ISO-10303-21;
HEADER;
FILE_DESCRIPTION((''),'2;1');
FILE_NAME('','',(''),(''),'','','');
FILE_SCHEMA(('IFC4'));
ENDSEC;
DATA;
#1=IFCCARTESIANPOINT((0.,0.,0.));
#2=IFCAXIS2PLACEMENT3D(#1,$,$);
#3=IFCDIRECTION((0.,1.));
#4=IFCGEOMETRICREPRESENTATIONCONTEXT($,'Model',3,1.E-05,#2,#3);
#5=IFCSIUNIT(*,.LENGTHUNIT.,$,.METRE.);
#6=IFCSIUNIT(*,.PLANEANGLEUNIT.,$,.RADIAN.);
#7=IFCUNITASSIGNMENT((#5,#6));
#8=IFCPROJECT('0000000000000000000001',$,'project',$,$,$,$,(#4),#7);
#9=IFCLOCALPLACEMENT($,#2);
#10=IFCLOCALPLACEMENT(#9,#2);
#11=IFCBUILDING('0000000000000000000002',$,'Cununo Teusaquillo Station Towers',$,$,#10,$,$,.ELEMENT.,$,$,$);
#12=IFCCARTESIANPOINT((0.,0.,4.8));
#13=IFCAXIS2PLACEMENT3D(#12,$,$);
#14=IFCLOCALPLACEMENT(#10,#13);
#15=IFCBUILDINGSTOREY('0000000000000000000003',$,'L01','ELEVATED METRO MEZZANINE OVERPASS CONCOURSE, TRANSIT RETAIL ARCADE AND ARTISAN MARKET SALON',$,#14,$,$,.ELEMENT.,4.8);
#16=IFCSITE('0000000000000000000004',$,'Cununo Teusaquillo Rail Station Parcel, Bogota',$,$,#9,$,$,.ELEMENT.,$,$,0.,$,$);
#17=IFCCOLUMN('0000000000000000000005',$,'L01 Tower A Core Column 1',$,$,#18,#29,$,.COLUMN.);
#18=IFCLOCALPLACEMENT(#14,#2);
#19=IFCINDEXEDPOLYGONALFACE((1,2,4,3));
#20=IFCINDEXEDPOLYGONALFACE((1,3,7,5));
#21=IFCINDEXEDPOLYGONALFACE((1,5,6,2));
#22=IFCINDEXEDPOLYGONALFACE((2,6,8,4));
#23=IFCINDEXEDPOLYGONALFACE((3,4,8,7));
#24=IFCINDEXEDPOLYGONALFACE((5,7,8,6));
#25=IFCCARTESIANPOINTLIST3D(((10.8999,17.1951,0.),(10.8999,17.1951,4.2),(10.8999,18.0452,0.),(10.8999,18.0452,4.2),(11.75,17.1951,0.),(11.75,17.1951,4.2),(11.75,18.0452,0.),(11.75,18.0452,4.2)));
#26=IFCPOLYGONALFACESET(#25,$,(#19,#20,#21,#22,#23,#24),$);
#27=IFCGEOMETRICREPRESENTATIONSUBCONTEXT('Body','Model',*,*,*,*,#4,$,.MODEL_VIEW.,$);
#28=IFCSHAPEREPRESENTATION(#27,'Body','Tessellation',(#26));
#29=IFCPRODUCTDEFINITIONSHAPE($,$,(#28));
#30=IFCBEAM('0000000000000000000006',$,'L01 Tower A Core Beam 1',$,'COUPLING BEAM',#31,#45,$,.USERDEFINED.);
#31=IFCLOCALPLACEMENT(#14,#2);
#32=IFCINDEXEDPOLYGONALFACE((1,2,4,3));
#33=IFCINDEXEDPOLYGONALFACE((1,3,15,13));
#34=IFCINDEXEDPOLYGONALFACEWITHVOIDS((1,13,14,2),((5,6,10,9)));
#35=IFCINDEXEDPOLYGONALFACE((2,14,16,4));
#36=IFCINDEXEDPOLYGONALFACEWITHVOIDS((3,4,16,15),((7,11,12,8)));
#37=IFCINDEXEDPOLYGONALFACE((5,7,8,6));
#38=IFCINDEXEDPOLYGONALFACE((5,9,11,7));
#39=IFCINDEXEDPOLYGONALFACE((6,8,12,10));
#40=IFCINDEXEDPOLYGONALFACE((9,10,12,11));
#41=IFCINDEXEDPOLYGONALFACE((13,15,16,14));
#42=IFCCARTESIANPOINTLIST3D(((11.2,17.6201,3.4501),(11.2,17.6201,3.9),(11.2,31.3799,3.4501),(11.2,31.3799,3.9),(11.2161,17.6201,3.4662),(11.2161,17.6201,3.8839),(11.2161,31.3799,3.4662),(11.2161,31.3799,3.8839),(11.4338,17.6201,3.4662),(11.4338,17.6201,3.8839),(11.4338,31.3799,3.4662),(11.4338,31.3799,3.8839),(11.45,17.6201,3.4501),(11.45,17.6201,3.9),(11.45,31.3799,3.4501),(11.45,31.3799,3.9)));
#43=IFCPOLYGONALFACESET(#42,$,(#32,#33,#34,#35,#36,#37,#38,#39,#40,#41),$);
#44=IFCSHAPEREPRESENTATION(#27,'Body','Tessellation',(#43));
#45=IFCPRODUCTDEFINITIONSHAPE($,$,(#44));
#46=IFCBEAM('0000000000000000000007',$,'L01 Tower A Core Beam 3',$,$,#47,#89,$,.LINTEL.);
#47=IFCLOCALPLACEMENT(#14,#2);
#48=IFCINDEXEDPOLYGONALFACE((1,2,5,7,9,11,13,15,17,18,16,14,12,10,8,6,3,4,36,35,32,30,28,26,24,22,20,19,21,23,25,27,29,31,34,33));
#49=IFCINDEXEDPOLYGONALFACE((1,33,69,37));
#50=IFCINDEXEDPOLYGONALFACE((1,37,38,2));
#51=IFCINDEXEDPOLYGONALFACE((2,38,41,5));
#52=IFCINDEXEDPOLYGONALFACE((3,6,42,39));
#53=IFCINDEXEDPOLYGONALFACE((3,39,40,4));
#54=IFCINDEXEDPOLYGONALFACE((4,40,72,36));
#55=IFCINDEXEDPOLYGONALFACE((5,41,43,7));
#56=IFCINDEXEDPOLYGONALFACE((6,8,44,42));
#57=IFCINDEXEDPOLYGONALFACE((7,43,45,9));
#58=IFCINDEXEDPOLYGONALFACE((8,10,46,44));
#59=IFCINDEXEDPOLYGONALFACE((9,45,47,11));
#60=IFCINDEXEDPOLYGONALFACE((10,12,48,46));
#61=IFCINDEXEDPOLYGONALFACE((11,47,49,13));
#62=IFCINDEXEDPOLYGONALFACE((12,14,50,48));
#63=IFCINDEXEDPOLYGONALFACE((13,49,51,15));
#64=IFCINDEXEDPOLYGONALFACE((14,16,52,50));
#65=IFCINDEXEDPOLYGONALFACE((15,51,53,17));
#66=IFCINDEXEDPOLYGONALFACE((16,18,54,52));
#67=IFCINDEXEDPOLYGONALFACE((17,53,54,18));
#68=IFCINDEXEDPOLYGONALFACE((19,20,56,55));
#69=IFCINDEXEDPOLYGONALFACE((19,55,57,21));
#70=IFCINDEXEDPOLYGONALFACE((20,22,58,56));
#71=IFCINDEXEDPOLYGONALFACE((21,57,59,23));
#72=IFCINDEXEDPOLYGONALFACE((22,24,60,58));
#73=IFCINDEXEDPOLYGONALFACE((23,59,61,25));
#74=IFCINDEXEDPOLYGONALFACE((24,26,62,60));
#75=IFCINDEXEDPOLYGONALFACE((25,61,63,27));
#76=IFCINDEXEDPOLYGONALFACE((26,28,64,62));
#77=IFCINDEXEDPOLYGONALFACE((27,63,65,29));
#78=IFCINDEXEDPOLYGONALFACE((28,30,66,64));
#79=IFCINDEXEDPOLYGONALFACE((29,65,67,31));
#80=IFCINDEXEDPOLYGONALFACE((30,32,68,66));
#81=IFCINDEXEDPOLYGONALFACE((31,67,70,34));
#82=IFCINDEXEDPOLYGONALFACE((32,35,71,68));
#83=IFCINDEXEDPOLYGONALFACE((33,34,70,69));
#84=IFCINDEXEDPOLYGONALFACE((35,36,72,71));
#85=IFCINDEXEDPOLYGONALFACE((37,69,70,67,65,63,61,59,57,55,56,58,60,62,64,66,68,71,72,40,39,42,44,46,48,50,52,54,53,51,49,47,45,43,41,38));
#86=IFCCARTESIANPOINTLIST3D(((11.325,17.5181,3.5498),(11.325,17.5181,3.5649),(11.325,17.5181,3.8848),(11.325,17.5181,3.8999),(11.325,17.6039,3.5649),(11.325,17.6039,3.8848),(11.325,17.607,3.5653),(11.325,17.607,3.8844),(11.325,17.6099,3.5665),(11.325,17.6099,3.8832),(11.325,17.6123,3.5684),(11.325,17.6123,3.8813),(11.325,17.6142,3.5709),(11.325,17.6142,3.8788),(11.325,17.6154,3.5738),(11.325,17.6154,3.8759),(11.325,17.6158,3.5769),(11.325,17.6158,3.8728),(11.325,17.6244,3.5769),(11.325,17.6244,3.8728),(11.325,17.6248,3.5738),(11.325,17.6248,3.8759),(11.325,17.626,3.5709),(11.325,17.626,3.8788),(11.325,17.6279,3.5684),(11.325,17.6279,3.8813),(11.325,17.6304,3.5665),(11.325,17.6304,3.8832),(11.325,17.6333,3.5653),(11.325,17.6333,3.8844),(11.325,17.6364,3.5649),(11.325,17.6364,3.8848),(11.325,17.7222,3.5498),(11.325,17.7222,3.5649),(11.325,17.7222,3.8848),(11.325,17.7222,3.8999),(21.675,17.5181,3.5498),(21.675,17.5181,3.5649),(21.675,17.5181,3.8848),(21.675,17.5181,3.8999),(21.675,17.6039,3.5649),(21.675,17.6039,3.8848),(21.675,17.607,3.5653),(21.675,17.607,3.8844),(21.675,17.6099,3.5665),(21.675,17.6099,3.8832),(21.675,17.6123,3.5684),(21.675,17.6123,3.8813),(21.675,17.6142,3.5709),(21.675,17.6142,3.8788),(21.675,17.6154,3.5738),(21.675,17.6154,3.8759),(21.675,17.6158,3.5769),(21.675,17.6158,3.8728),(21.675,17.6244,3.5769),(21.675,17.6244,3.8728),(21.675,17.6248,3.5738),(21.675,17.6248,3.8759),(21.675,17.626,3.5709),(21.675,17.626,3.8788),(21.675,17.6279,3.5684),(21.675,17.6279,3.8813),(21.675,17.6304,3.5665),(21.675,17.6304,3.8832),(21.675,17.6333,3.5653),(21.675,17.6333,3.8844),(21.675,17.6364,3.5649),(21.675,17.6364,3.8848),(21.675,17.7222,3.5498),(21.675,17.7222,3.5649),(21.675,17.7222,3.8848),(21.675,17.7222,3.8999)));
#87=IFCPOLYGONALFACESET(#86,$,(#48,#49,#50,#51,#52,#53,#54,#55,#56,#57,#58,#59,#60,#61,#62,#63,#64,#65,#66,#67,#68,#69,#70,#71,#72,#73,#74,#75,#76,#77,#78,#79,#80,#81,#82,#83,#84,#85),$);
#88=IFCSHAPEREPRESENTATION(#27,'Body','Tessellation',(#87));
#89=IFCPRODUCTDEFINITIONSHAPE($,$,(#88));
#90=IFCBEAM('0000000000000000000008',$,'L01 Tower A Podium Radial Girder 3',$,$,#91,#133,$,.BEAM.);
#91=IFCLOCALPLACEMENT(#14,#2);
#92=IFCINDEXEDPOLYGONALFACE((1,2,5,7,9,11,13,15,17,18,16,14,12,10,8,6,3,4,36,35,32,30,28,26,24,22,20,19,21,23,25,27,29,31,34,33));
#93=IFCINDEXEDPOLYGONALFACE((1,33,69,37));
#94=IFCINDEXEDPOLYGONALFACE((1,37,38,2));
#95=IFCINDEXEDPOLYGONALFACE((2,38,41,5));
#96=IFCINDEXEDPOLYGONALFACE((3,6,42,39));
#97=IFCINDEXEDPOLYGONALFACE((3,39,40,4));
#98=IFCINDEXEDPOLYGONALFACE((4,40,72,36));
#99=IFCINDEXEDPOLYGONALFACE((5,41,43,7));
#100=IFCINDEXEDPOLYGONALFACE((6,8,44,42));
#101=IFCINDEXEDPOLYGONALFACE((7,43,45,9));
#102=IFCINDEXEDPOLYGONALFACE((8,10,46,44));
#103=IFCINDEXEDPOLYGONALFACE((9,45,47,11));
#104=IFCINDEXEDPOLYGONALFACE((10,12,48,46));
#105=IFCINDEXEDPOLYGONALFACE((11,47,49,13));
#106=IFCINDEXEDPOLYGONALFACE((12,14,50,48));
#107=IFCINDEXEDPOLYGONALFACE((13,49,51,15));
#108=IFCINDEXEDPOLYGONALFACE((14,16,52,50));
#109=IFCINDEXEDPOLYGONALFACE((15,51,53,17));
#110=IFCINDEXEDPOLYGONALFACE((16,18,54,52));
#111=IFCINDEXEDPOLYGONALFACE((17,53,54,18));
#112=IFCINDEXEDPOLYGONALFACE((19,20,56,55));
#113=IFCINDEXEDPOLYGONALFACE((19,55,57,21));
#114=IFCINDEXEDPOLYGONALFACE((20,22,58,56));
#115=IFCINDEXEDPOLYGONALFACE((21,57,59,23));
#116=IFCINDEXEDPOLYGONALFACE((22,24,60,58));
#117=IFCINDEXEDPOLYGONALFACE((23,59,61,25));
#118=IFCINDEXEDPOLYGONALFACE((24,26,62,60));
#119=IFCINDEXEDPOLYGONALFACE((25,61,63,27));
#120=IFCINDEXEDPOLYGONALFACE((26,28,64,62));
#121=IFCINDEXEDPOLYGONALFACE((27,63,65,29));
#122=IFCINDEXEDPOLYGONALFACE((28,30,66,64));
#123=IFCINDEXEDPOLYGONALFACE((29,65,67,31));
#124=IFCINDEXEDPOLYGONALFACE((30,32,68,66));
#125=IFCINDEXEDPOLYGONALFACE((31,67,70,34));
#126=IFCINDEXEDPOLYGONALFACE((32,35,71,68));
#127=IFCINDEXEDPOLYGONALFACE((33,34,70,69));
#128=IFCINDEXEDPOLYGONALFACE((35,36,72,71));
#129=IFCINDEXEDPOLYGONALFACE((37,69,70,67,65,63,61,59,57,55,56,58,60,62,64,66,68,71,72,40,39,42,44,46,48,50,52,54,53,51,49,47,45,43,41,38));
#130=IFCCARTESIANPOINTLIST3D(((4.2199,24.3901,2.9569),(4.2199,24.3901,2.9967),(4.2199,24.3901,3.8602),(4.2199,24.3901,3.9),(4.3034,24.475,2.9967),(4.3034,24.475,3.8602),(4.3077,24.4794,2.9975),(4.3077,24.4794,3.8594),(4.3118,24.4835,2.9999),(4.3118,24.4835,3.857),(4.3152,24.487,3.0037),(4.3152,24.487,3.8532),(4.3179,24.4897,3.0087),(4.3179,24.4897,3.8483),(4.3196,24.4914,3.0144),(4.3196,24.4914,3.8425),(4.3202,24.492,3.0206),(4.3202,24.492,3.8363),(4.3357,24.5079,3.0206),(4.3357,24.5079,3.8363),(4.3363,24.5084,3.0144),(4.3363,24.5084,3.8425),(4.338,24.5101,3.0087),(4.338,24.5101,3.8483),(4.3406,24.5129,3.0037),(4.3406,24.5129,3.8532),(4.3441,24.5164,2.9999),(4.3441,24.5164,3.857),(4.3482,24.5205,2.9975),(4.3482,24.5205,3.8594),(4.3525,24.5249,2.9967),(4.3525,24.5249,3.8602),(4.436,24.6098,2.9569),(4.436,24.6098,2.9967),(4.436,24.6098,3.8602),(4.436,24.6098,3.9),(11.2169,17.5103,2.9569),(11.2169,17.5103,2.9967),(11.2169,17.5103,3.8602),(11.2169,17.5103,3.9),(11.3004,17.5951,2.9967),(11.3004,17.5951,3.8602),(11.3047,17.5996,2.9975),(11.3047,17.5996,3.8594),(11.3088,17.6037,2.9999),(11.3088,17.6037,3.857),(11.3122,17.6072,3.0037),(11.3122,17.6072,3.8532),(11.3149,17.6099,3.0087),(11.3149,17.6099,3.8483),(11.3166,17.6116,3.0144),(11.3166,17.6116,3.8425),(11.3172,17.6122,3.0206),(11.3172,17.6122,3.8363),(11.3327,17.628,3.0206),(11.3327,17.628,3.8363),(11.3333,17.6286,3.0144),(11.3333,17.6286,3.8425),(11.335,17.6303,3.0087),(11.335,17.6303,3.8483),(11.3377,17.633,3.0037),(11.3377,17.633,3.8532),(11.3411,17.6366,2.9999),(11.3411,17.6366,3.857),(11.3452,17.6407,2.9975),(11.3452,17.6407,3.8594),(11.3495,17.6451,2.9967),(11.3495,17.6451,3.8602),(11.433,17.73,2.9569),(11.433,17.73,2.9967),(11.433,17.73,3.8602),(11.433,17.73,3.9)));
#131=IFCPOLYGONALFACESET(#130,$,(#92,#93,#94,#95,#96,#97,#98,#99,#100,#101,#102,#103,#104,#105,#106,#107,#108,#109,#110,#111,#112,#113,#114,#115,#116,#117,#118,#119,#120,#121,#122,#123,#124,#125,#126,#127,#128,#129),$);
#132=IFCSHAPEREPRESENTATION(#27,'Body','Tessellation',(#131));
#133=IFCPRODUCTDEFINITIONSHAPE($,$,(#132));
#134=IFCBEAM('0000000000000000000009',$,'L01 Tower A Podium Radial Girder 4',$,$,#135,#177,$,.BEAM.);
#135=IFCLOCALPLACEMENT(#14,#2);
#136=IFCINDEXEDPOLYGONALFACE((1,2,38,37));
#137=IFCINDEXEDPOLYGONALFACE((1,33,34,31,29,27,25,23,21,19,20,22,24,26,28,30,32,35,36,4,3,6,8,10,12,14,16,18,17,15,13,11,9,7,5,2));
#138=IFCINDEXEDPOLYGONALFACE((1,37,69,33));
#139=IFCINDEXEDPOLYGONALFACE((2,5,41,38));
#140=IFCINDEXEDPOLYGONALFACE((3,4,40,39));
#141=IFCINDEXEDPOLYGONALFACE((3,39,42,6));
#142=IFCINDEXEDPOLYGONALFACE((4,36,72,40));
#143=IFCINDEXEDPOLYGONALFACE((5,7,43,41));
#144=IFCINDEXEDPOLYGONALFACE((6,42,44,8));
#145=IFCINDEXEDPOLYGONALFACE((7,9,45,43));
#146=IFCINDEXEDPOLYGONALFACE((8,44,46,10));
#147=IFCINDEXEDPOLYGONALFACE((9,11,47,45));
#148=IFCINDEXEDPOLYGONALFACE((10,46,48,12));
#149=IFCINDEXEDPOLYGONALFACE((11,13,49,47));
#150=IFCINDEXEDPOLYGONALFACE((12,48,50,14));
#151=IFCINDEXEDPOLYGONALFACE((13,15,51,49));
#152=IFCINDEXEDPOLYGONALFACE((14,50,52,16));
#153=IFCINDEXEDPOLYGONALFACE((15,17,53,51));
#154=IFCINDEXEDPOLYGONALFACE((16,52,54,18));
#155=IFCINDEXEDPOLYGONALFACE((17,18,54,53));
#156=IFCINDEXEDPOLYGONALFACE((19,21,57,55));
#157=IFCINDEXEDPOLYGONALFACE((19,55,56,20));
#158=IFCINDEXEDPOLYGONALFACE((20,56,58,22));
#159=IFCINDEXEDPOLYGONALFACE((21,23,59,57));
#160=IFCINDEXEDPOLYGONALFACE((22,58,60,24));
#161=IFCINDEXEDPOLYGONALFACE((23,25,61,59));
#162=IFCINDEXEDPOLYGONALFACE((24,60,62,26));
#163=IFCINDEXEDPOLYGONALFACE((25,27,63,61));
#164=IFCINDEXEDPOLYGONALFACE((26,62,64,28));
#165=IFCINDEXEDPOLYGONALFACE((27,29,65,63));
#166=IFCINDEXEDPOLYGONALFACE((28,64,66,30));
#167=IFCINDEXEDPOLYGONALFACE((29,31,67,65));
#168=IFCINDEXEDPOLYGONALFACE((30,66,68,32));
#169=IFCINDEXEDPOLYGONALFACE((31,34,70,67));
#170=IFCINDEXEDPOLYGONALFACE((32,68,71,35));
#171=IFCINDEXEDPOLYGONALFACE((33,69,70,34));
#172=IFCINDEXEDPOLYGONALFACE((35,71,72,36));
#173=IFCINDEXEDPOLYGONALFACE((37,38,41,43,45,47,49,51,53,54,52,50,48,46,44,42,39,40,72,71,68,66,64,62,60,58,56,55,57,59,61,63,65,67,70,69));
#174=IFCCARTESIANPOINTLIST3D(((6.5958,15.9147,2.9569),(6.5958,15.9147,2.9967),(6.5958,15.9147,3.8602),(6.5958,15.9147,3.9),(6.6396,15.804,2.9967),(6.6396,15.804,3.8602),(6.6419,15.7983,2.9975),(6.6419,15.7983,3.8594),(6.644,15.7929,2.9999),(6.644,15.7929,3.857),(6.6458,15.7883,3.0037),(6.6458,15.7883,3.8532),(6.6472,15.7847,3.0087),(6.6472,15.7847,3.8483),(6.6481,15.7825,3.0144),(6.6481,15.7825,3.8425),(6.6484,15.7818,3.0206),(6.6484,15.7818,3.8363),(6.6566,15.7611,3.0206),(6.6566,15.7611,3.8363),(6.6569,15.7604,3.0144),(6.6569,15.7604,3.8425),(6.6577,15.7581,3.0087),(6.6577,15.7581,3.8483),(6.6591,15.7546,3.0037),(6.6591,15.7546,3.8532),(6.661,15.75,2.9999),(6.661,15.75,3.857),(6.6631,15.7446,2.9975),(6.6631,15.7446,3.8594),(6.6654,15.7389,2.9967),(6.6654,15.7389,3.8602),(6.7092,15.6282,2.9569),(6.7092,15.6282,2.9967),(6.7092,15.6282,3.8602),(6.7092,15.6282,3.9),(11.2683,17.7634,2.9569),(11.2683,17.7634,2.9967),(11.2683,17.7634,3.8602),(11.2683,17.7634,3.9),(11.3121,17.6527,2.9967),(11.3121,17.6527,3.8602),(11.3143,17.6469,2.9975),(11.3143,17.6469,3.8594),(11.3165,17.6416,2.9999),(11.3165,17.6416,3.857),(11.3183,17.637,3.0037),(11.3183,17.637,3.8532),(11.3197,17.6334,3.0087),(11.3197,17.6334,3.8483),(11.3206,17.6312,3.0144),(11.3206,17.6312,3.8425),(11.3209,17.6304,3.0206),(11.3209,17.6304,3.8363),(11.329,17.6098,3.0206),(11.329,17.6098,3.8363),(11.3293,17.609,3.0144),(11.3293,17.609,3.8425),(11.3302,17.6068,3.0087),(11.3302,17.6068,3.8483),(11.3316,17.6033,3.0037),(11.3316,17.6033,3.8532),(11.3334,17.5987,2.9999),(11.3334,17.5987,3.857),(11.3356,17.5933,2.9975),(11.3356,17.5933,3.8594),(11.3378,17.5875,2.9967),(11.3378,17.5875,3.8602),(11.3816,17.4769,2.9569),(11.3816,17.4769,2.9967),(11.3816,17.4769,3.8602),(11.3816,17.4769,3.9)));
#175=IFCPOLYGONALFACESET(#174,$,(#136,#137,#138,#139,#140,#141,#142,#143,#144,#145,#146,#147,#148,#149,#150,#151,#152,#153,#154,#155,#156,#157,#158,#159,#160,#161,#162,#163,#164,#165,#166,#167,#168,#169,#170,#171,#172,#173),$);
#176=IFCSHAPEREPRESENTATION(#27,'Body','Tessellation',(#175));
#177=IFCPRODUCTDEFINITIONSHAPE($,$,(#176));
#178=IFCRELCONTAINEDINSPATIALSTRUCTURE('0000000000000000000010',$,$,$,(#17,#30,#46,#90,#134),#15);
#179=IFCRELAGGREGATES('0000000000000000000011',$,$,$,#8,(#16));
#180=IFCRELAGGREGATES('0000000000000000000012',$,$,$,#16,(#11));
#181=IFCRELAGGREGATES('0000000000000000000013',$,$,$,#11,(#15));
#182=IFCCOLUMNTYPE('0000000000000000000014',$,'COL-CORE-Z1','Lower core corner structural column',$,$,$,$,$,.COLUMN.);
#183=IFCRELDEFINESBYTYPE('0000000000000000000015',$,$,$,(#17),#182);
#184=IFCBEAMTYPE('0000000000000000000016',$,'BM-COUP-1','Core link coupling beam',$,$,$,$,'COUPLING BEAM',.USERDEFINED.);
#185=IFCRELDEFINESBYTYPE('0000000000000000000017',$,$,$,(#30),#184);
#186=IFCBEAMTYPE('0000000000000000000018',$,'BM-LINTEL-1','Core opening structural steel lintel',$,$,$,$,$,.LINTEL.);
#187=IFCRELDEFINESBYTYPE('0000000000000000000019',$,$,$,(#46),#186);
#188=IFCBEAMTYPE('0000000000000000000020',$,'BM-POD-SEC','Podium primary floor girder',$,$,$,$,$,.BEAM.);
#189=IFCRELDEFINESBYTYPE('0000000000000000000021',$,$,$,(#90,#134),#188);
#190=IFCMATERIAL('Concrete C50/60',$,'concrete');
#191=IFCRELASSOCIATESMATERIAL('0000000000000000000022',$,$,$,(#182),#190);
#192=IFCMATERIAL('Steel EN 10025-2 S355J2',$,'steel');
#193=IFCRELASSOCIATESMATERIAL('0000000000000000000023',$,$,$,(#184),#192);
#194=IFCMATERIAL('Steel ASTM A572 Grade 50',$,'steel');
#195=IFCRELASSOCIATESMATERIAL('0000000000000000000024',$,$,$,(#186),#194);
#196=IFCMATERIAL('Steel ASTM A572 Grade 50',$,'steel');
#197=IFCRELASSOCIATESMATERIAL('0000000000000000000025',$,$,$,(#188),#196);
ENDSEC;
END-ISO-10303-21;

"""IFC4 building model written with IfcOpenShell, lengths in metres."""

from ifc_helpers import new_model, si_unit, direction, frame, origin, origin_2d, place, context, subcontext, project, spatial, rectangle, hollow_rectangle, i_section, extrude, material, material_profile, profile_set, type_object, element, save


model = new_model("IFC4")

# Units and contexts
model_context = context("Model", 3, precision=1e-05, world=origin(), true_north=direction((0.0, 1.0)))
body_context = subcontext(model_context, "Body", "Model", "MODEL_VIEW")
ifc_project = project(units=[si_unit("LENGTHUNIT", "METRE"), si_unit("PLANEANGLEUNIT", "RADIAN")], contexts=[model_context])

# Site, building, storey
site_placement = place(None, origin())
site = spatial("IfcSite", under=ifc_project, at=site_placement, Name="Cununo Teusaquillo Rail Station Parcel, Bogota", CompositionType="ELEMENT", RefElevation=0.0)
building_placement = place(site_placement, origin())
building = spatial("IfcBuilding", under=site, at=building_placement, Name="Cununo Teusaquillo Station Towers", CompositionType="ELEMENT")
storey_placement = place(building_placement, frame((0.0, 0.0, 4.8)))
storey = spatial("IfcBuildingStorey", under=building, at=storey_placement, Name="L01", Description="ELEVATED METRO MEZZANINE OVERPASS CONCOURSE, TRANSIT RETAIL ARCADE AND ARTISAN MARKET SALON", CompositionType="ELEMENT", Elevation=4.8)

# Column
ifc_material_1 = material(Name="Concrete C50/60", Category="concrete")
ifc_material_profile_1 = material_profile(ifc_material_1, rectangle(XDim=0.8501, YDim=0.8501, at=origin_2d()), Name="RC-RECT-850x850")
ifc_profile_set_1 = profile_set([ifc_material_profile_1], Name="Concrete C50/60")
column_type = type_object("IfcColumnType", Name="COL-CORE-Z1", Description="Lower core corner structural column", PredefinedType="COLUMN", material=ifc_profile_set_1)
column_placement = place(storey_placement, frame((11.325, 17.6201, 0.0), z_axis=(0.0, 0.0, 1.0), x_axis=(1.0, 0.0, 0.0)))
element("IfcColumn", 1, at=column_placement, inside=storey, type_object=column_type, Name="L01 Tower A Core Column 1", PredefinedType="COLUMN", context=body_context, shape_type="SweptSolid", body=[
    extrude(rectangle(XDim=0.8501, YDim=0.8501, at=origin_2d()), origin(), (0.0, 0.0, 1.0), 4.2),
])

# Beams
ifc_material_2 = material(Name="Steel EN 10025-2 S355J2", Category="steel")
ifc_material_profile_2 = material_profile(ifc_material_2, hollow_rectangle(XDim=0.25, YDim=0.45, WallThickness=0.0161, at=origin_2d()), Name="RHS 450x250x16")
ifc_profile_set_2 = profile_set([ifc_material_profile_2], Name="Steel EN 10025-2 S355J2")
beam_type_1 = type_object("IfcBeamType", Name="BM-COUP-1", Description="Core link coupling beam", ElementType="COUPLING BEAM", PredefinedType="USERDEFINED", material=ifc_profile_set_2)
beam_1_placement = place(storey_placement, frame((11.325, 17.6201, 3.675), z_axis=(0.0, 1.0, 0.0), x_axis=(-1.0, 0.0, 0.0)))
element("IfcBeam", 2, at=beam_1_placement, inside=storey, type_object=beam_type_1, Name="L01 Tower A Core Beam 1", ObjectType="COUPLING BEAM", PredefinedType="USERDEFINED", context=body_context, shape_type="SweptSolid", body=[
    extrude(hollow_rectangle(XDim=0.25, YDim=0.45, WallThickness=0.0161, at=origin_2d()), origin(), (0.0, 0.0, 1.0), 13.7598),
])
ifc_material_3 = material(Name="Steel ASTM A572 Grade 50", Category="steel")
ifc_material_profile_3 = material_profile(ifc_material_3, i_section(OverallWidth=0.2041, OverallDepth=0.3501, WebThickness=0.0085, FlangeThickness=0.0151, FilletRadius=0.012, at=origin_2d()), Name="W14X48")
ifc_profile_set_3 = profile_set([ifc_material_profile_3], Name="Steel ASTM A572 Grade 50")
beam_type_2 = type_object("IfcBeamType", Name="BM-LINTEL-1", Description="Core opening structural steel lintel", PredefinedType="LINTEL", material=ifc_profile_set_3)
beam_2_placement = place(storey_placement, frame((11.325, 17.6201, 3.7249), z_axis=(1.0, 0.0, 0.0), x_axis=(0.0, 1.0, 0.0)))
element("IfcBeam", 3, at=beam_2_placement, inside=storey, type_object=beam_type_2, Name="L01 Tower A Core Beam 3", PredefinedType="LINTEL", context=body_context, shape_type="SweptSolid", body=[
    extrude(i_section(OverallWidth=0.2041, OverallDepth=0.3501, WebThickness=0.0085, FlangeThickness=0.0151, FilletRadius=0.012, at=origin_2d()), origin(), (0.0, 0.0, 1.0), 10.3501),
])
ifc_material_4 = material(Name="Steel ASTM A572 Grade 50", Category="steel")
ifc_material_profile_4 = material_profile(ifc_material_4, i_section(OverallWidth=0.3081, OverallDepth=0.9431, WebThickness=0.0222, FlangeThickness=0.0398, FilletRadius=0.0239, at=origin_2d()), Name="W36X232")
ifc_profile_set_4 = profile_set([ifc_material_profile_4], Name="Steel ASTM A572 Grade 50")
beam_type_3 = type_object("IfcBeamType", Name="BM-POD-SEC", Description="Podium primary floor girder", PredefinedType="BEAM", material=ifc_profile_set_4)
beam_3_placement = place(storey_placement, frame((11.325, 17.6201, 3.4285), z_axis=(-0.713053, 0.70111, 0.0), x_axis=(-0.70111, -0.713053, 0.0)))
element("IfcBeam", 4, at=beam_3_placement, inside=storey, type_object=beam_type_3, Name="L01 Tower A Podium Radial Girder 3", PredefinedType="BEAM", context=body_context, shape_type="SweptSolid", body=[
    extrude(i_section(OverallWidth=0.3081, OverallDepth=0.9431, WebThickness=0.0222, FlangeThickness=0.0398, FilletRadius=0.0239, at=origin_2d()), origin(), (0.0, 0.0, 1.0), 9.8127),
])
beam_4_placement = place(storey_placement, frame((11.325, 17.6201, 3.4285), z_axis=(-0.929864, -0.367903, 0.0), x_axis=(0.367903, -0.929864, 0.0)))
element("IfcBeam", 5, at=beam_4_placement, inside=storey, type_object=beam_type_3, Name="L01 Tower A Podium Radial Girder 4", PredefinedType="BEAM", context=body_context, shape_type="SweptSolid", body=[
    extrude(i_section(OverallWidth=0.3081, OverallDepth=0.9431, WebThickness=0.0222, FlangeThickness=0.0398, FilletRadius=0.0239, at=origin_2d()), origin(), (0.0, 0.0, 1.0), 5.0249),
])

save(model, "model.ifc")
